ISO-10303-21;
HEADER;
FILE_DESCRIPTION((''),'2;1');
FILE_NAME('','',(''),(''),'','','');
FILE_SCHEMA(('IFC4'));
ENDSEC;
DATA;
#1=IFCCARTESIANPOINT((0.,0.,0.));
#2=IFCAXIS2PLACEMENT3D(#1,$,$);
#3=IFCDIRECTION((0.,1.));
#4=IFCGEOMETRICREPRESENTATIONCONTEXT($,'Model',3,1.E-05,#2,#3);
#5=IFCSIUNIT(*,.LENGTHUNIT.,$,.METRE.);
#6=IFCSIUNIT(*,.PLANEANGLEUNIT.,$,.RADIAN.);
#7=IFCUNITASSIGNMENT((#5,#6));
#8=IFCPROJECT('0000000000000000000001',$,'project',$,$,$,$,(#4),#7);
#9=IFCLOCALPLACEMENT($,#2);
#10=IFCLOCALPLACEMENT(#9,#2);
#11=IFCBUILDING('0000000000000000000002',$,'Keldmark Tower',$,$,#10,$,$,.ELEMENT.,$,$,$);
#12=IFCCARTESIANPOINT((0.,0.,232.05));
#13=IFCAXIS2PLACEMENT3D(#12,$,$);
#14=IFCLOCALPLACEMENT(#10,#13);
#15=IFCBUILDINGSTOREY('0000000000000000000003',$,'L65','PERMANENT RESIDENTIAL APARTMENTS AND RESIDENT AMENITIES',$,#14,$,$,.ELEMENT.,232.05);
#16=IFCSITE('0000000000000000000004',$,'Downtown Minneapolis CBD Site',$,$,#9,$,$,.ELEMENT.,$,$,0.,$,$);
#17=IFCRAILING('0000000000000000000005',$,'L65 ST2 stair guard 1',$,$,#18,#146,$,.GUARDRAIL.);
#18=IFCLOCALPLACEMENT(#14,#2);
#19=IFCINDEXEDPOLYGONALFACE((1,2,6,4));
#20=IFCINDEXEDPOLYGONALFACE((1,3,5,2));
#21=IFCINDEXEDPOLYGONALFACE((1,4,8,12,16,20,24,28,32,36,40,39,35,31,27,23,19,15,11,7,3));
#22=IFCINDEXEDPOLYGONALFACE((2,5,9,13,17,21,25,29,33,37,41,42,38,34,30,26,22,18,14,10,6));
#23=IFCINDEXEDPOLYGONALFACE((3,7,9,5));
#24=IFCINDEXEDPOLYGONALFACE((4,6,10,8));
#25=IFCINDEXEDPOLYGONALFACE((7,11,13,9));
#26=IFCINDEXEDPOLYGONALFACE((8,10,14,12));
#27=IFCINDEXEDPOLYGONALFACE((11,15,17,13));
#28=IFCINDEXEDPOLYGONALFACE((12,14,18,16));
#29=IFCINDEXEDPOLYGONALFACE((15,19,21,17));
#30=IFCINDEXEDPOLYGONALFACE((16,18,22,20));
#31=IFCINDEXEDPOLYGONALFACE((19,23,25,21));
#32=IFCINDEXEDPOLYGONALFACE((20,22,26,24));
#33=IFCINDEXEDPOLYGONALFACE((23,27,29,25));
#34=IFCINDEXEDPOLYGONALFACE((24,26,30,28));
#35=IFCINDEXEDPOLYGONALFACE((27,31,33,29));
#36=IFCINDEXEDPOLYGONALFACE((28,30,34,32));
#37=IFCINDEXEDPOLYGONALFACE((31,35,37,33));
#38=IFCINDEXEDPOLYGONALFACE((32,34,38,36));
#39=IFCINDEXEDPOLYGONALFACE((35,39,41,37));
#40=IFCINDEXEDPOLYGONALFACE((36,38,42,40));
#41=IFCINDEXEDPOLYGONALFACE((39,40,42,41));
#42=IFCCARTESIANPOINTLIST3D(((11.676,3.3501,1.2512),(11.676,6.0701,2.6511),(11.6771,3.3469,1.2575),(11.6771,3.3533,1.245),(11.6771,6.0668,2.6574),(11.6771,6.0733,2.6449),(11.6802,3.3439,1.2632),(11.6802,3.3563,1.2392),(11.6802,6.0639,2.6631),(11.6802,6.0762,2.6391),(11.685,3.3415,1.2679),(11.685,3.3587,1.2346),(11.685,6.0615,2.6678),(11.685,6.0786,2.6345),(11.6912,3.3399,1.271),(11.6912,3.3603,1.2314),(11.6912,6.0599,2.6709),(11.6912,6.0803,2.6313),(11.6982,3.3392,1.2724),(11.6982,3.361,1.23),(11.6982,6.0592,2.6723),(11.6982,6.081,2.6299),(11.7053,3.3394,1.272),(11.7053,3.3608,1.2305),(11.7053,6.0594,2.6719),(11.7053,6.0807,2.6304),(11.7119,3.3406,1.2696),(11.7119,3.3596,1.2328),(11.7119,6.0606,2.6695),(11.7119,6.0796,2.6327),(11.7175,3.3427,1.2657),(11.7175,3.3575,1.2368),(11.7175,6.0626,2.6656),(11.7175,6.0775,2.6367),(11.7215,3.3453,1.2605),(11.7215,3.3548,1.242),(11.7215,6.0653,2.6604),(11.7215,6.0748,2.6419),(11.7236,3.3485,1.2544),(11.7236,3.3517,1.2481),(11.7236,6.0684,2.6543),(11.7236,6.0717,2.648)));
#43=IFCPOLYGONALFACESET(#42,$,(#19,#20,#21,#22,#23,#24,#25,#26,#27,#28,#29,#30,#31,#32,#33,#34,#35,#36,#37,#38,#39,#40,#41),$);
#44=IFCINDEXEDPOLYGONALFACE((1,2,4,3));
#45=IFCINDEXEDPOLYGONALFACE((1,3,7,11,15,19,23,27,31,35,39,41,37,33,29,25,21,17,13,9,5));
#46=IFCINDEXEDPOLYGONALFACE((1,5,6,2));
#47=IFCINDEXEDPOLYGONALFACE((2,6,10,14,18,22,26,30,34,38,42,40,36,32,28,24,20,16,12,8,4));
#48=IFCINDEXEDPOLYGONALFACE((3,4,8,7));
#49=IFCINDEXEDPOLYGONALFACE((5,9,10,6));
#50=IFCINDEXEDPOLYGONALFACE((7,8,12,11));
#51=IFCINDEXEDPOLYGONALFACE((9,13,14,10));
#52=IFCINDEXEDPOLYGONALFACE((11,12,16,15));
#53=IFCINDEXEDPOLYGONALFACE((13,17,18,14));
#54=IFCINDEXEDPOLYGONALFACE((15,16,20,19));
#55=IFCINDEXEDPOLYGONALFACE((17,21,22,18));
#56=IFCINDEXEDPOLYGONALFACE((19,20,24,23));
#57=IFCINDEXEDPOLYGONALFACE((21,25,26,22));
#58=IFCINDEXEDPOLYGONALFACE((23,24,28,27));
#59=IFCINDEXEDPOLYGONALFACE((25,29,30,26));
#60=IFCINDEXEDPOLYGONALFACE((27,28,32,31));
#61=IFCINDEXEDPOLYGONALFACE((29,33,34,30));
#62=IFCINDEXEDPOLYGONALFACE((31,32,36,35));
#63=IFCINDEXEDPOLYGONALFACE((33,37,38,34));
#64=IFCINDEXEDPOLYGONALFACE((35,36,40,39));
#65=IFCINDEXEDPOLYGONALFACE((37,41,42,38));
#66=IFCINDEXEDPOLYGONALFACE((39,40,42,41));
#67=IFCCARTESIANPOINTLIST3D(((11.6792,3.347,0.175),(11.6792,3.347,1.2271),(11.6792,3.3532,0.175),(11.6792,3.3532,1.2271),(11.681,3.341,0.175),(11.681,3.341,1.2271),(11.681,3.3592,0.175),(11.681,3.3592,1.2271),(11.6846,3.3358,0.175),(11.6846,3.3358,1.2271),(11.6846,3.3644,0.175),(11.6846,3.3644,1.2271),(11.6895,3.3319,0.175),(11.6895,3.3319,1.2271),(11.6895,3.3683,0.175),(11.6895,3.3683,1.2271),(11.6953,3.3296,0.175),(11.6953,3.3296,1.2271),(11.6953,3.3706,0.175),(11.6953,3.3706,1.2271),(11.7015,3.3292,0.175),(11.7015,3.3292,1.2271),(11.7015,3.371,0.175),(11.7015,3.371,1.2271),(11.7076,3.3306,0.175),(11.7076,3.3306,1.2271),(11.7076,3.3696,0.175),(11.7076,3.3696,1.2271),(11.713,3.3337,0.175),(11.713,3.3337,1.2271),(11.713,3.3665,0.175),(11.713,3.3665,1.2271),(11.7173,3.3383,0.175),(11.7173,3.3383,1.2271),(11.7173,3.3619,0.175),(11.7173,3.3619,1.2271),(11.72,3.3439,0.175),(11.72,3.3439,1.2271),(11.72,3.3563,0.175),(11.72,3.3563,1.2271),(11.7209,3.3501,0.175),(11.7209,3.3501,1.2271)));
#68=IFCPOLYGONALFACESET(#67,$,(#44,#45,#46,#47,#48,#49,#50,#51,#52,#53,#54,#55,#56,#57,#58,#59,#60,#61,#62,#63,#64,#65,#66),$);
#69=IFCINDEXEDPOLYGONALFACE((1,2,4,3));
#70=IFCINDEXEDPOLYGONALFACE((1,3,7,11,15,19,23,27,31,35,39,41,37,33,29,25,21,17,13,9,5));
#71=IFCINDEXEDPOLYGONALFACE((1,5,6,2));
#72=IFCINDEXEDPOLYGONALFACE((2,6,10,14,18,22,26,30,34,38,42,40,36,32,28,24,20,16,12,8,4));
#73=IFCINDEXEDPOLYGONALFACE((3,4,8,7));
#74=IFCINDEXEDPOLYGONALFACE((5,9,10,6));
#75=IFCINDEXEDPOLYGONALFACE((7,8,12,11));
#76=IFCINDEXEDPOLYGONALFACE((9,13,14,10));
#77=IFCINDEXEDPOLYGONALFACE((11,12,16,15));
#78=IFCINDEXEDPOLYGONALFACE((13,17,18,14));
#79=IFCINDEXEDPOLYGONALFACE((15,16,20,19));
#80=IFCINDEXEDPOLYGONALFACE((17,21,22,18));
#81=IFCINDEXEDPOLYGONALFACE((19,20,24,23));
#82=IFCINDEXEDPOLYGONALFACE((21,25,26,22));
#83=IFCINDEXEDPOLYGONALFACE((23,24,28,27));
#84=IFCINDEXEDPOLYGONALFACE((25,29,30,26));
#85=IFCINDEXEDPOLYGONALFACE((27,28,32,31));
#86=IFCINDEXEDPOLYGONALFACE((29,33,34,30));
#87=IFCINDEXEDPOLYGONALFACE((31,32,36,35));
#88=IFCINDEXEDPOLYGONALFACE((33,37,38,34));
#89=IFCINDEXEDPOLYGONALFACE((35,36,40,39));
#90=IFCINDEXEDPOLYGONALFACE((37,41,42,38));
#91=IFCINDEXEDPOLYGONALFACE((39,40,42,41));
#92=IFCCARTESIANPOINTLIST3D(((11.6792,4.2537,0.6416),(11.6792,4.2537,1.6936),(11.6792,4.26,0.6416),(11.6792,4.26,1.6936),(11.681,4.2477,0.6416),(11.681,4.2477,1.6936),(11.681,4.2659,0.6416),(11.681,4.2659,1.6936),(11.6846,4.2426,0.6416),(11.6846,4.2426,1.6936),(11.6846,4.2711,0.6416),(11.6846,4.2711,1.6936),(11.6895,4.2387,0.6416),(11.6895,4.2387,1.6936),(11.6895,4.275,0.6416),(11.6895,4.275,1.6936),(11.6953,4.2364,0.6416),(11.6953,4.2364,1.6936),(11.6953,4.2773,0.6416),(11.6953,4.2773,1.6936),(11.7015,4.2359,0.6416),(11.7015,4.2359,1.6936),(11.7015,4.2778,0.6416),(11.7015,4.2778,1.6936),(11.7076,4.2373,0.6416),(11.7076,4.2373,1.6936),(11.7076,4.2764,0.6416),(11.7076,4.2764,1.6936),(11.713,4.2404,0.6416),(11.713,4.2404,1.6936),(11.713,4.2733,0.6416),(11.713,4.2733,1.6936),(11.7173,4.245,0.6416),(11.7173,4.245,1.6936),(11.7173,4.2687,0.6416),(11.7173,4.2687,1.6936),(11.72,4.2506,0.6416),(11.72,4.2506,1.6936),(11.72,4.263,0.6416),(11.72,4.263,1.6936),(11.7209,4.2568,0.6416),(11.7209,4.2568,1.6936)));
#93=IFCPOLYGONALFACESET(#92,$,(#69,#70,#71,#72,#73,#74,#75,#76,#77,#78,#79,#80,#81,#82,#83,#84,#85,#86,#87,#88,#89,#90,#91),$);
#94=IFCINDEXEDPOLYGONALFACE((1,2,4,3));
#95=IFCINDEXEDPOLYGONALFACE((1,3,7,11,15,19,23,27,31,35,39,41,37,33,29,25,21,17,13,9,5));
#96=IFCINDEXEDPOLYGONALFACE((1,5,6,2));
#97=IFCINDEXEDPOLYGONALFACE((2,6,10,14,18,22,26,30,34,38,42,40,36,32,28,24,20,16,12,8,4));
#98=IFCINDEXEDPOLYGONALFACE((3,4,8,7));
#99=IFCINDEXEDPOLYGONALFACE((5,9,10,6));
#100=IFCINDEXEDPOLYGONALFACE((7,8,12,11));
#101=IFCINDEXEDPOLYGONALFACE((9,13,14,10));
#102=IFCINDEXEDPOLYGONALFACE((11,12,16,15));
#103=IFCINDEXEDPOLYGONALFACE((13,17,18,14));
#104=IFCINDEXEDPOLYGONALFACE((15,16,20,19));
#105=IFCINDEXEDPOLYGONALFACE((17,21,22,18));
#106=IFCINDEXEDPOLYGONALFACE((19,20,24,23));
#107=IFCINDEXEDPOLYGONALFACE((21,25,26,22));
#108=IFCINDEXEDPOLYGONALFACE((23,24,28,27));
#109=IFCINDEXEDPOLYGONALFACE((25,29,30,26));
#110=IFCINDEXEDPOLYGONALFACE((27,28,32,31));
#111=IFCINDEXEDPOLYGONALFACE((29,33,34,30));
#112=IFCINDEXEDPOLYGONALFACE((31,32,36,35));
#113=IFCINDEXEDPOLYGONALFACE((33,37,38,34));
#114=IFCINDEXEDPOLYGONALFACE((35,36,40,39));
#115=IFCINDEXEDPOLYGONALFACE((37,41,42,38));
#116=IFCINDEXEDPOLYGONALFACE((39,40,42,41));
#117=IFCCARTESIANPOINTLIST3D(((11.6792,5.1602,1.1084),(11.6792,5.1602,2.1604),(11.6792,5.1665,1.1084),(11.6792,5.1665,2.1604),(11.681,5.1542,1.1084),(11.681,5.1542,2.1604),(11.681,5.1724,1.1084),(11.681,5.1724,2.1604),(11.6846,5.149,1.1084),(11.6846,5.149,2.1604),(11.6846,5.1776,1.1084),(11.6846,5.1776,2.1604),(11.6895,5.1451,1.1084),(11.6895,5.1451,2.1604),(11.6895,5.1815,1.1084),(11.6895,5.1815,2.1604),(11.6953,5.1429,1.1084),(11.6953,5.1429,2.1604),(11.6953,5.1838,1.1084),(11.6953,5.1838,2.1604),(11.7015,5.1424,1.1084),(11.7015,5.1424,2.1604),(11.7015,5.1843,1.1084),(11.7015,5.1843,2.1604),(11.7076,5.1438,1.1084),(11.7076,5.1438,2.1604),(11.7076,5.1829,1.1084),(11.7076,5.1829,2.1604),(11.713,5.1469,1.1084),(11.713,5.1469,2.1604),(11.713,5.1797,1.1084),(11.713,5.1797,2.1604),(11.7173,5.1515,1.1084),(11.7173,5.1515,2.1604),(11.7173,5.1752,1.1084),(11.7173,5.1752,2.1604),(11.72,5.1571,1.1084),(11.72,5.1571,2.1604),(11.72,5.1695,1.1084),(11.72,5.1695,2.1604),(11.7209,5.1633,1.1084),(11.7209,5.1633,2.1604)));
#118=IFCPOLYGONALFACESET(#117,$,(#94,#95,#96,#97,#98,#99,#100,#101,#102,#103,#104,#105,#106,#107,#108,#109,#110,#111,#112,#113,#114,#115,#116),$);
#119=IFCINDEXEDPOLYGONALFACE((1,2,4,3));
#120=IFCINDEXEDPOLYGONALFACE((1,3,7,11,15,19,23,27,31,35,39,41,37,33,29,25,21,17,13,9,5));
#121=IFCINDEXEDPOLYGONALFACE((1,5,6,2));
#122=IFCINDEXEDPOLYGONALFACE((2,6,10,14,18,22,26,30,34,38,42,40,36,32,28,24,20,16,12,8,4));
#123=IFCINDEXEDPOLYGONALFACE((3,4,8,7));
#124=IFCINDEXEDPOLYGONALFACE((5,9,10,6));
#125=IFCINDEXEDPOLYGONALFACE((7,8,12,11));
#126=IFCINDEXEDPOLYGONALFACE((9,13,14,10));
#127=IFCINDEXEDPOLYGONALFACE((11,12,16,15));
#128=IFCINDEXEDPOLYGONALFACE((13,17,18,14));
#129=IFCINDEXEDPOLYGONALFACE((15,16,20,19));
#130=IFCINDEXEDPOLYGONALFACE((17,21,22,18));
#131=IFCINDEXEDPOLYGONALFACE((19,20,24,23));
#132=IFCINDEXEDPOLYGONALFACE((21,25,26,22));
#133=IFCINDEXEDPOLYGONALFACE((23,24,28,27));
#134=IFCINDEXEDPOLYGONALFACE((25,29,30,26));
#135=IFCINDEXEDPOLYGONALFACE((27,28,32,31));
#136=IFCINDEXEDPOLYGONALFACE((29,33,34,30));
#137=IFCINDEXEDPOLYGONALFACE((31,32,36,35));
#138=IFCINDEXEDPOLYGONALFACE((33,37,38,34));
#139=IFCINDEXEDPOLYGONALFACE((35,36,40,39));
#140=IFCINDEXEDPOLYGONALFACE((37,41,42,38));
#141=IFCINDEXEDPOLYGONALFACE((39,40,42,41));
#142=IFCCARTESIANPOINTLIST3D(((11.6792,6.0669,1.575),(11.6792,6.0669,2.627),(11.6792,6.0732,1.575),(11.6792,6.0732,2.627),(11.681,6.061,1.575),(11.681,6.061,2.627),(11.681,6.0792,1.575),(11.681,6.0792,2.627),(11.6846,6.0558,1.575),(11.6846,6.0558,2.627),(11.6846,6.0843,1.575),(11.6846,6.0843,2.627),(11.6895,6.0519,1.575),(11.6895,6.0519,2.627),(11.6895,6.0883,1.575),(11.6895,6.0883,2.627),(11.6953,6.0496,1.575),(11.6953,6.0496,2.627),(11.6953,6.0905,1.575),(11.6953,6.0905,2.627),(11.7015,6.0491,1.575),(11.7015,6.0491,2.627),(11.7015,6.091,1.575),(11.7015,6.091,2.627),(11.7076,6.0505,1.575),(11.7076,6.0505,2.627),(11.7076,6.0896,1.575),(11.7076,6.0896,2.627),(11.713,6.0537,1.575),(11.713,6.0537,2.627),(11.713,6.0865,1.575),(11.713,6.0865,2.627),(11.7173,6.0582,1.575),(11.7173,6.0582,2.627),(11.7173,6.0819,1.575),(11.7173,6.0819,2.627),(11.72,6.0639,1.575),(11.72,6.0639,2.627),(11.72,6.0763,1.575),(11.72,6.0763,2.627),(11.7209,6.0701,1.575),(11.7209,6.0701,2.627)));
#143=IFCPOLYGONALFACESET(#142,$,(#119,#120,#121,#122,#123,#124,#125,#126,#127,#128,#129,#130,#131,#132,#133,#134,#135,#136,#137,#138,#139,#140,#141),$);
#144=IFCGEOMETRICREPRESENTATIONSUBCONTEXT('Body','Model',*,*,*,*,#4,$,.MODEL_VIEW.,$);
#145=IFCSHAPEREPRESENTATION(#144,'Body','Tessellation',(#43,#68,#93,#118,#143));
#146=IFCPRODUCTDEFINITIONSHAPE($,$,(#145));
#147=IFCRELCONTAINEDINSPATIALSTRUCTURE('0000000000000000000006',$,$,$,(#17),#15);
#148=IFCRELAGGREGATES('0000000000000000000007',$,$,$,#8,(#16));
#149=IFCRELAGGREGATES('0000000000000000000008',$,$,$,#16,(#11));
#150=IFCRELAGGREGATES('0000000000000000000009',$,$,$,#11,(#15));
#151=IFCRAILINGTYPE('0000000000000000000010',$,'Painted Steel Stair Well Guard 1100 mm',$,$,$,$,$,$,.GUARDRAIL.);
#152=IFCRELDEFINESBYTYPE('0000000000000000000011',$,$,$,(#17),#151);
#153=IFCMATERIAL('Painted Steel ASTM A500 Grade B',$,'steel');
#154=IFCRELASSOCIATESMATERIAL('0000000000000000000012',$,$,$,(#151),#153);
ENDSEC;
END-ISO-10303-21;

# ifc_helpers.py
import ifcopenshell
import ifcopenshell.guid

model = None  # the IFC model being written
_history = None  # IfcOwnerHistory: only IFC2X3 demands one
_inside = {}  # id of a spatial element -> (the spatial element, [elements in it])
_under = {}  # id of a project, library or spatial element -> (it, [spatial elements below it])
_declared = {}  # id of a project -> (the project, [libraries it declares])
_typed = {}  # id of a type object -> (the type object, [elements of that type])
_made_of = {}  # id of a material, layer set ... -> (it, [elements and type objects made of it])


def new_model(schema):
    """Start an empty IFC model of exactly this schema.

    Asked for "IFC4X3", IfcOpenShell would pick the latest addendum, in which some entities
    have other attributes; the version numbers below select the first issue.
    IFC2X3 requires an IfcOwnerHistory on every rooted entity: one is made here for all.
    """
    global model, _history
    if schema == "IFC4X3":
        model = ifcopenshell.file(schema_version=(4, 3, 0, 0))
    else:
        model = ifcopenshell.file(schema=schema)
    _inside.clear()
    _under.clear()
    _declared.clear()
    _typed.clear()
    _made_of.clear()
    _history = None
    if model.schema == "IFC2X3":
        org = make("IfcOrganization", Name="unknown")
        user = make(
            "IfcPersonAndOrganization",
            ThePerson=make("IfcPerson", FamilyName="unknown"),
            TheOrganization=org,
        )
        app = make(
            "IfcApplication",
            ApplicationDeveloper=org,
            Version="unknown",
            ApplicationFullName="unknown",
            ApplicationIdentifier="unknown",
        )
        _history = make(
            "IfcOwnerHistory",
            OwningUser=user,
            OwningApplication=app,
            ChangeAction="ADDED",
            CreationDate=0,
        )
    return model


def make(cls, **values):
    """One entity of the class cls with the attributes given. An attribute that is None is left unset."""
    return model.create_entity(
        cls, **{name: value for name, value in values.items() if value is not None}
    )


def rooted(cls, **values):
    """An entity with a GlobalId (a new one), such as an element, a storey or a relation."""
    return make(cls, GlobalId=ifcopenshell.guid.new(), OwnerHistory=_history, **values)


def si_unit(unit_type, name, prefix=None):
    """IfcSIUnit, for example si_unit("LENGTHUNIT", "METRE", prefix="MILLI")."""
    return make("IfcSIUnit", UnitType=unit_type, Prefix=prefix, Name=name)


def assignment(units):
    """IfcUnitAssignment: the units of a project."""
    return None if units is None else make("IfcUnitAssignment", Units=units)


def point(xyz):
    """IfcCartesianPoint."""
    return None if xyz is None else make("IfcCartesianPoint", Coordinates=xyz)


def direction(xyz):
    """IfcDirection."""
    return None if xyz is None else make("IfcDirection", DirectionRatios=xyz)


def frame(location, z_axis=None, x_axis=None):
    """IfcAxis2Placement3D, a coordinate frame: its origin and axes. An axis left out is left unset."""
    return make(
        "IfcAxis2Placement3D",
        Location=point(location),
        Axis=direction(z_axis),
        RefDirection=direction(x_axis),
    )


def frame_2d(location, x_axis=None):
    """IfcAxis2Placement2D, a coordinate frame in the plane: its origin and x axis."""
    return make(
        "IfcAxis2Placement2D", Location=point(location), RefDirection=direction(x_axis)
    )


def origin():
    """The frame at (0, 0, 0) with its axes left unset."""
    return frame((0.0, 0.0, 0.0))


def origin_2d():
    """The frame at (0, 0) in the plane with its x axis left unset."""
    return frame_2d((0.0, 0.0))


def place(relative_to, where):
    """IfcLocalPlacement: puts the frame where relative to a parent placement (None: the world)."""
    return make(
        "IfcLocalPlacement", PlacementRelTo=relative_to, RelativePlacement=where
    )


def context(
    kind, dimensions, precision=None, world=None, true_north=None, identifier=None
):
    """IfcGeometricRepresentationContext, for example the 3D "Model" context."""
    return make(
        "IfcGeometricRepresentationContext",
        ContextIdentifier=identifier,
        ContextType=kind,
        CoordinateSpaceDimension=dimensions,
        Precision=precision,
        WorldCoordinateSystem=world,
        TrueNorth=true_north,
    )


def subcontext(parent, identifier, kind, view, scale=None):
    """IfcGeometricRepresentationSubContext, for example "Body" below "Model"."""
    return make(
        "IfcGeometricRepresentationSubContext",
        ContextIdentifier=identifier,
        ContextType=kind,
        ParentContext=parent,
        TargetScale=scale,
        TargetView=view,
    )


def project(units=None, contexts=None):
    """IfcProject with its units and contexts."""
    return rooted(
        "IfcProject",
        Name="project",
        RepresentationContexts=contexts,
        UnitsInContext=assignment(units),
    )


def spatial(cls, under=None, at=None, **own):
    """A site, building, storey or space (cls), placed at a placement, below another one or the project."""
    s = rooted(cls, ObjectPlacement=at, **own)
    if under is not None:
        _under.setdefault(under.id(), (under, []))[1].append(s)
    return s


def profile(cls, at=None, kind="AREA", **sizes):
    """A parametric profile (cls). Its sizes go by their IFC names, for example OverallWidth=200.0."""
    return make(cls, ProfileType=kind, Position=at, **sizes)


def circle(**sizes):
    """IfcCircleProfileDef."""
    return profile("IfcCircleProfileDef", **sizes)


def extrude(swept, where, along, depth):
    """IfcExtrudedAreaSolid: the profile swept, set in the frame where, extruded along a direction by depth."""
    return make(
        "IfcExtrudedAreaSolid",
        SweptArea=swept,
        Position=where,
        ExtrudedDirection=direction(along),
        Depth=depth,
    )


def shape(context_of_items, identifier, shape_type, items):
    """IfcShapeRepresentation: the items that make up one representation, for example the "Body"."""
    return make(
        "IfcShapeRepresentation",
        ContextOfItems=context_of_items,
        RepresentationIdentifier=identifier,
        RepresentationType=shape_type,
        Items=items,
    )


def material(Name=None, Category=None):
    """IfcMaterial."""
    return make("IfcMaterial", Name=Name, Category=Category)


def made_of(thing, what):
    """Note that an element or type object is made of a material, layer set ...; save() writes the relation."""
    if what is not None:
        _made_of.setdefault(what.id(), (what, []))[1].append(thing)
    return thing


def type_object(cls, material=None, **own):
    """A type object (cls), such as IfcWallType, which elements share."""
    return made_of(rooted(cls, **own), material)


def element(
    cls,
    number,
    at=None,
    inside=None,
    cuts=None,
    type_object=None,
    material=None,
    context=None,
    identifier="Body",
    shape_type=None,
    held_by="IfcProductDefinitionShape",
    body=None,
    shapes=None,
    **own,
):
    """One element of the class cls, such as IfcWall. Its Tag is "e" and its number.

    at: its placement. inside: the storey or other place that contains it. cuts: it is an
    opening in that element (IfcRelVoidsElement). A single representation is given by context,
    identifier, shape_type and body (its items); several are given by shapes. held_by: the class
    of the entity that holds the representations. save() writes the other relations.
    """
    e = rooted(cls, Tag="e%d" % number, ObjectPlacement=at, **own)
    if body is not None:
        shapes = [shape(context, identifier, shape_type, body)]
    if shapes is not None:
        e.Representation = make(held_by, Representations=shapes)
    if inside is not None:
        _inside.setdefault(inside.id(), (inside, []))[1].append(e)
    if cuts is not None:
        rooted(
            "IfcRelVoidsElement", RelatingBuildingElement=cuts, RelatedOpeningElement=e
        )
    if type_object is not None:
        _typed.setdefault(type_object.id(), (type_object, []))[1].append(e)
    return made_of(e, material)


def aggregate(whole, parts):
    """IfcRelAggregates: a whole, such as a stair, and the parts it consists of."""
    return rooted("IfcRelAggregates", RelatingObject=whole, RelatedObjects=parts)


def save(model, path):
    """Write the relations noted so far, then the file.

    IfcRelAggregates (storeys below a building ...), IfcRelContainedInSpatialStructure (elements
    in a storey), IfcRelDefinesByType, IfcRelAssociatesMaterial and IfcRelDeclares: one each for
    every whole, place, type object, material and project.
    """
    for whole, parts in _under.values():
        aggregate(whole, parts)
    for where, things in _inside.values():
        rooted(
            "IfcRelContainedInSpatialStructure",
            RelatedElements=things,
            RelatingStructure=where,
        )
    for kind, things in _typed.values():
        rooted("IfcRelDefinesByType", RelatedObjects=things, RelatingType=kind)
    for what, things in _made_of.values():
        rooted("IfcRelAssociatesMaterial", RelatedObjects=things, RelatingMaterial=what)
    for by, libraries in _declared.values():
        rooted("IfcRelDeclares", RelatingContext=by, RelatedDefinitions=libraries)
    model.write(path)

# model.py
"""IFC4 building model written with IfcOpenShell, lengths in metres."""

from ifc_helpers import new_model, si_unit, direction, frame, origin, origin_2d, place, context, subcontext, project, spatial, circle, extrude, material, type_object, element, save


model = new_model("IFC4")

# Units and contexts
model_context = context("Model", 3, precision=1e-05, world=origin(), true_north=direction((0.0, 1.0)))
body_context = subcontext(model_context, "Body", "Model", "MODEL_VIEW")
ifc_project = project(units=[si_unit("LENGTHUNIT", "METRE"), si_unit("PLANEANGLEUNIT", "RADIAN")], contexts=[model_context])

# Site, building, storey
site_placement = place(None, origin())
site = spatial("IfcSite", under=ifc_project, at=site_placement, Name="Downtown Minneapolis CBD Site", CompositionType="ELEMENT", RefElevation=0.0)
building_placement = place(site_placement, origin())
building = spatial("IfcBuilding", under=site, at=building_placement, Name="Keldmark Tower", CompositionType="ELEMENT")
storey_placement = place(building_placement, frame((0.0, 0.0, 232.05)))
storey = spatial("IfcBuildingStorey", under=building, at=storey_placement, Name="L65", Description="PERMANENT RESIDENTIAL APARTMENTS AND RESIDENT AMENITIES", CompositionType="ELEMENT", Elevation=232.05)

# Railing
ifc_material_1 = material(Name="Painted Steel ASTM A500 Grade B", Category="steel")
railing_type_1 = type_object("IfcRailingType", Name="Painted Steel Stair Well Guard 1100 mm", PredefinedType="GUARDRAIL", material=ifc_material_1)
railing_1_placement = place(storey_placement, frame((11.7, 3.3501, 0.175)))
element("IfcRailing", 1, at=railing_1_placement, inside=storey, type_object=railing_type_1, Name="L65 ST2 stair guard 1", PredefinedType="GUARDRAIL", context=body_context, shape_type="SweptSolid", body=[
    extrude(circle(Radius=0.0239, at=origin_2d()), frame((0.0, 0.0, 1.0762), z_axis=(0.0, 0.889147, 0.457622), x_axis=(-1.0, 0.0, 0.0)), (0.0, 0.0, 1.0), 3.0591),
    extrude(circle(Radius=0.021, at=origin_2d()), origin(), (0.0, 0.0, 1.0), 1.052),
    extrude(circle(Radius=0.021, at=origin_2d()), frame((0.0, 0.9067, 0.4666)), (0.0, 0.0, 1.0), 1.052),
    extrude(circle(Radius=0.021, at=origin_2d()), frame((0.0, 1.8132, 0.9333)), (0.0, 0.0, 1.0), 1.052),
    extrude(circle(Radius=0.021, at=origin_2d()), frame((0.0, 2.72, 1.3999)), (0.0, 0.0, 1.0), 1.052),
])

save(model, "model.ifc")
